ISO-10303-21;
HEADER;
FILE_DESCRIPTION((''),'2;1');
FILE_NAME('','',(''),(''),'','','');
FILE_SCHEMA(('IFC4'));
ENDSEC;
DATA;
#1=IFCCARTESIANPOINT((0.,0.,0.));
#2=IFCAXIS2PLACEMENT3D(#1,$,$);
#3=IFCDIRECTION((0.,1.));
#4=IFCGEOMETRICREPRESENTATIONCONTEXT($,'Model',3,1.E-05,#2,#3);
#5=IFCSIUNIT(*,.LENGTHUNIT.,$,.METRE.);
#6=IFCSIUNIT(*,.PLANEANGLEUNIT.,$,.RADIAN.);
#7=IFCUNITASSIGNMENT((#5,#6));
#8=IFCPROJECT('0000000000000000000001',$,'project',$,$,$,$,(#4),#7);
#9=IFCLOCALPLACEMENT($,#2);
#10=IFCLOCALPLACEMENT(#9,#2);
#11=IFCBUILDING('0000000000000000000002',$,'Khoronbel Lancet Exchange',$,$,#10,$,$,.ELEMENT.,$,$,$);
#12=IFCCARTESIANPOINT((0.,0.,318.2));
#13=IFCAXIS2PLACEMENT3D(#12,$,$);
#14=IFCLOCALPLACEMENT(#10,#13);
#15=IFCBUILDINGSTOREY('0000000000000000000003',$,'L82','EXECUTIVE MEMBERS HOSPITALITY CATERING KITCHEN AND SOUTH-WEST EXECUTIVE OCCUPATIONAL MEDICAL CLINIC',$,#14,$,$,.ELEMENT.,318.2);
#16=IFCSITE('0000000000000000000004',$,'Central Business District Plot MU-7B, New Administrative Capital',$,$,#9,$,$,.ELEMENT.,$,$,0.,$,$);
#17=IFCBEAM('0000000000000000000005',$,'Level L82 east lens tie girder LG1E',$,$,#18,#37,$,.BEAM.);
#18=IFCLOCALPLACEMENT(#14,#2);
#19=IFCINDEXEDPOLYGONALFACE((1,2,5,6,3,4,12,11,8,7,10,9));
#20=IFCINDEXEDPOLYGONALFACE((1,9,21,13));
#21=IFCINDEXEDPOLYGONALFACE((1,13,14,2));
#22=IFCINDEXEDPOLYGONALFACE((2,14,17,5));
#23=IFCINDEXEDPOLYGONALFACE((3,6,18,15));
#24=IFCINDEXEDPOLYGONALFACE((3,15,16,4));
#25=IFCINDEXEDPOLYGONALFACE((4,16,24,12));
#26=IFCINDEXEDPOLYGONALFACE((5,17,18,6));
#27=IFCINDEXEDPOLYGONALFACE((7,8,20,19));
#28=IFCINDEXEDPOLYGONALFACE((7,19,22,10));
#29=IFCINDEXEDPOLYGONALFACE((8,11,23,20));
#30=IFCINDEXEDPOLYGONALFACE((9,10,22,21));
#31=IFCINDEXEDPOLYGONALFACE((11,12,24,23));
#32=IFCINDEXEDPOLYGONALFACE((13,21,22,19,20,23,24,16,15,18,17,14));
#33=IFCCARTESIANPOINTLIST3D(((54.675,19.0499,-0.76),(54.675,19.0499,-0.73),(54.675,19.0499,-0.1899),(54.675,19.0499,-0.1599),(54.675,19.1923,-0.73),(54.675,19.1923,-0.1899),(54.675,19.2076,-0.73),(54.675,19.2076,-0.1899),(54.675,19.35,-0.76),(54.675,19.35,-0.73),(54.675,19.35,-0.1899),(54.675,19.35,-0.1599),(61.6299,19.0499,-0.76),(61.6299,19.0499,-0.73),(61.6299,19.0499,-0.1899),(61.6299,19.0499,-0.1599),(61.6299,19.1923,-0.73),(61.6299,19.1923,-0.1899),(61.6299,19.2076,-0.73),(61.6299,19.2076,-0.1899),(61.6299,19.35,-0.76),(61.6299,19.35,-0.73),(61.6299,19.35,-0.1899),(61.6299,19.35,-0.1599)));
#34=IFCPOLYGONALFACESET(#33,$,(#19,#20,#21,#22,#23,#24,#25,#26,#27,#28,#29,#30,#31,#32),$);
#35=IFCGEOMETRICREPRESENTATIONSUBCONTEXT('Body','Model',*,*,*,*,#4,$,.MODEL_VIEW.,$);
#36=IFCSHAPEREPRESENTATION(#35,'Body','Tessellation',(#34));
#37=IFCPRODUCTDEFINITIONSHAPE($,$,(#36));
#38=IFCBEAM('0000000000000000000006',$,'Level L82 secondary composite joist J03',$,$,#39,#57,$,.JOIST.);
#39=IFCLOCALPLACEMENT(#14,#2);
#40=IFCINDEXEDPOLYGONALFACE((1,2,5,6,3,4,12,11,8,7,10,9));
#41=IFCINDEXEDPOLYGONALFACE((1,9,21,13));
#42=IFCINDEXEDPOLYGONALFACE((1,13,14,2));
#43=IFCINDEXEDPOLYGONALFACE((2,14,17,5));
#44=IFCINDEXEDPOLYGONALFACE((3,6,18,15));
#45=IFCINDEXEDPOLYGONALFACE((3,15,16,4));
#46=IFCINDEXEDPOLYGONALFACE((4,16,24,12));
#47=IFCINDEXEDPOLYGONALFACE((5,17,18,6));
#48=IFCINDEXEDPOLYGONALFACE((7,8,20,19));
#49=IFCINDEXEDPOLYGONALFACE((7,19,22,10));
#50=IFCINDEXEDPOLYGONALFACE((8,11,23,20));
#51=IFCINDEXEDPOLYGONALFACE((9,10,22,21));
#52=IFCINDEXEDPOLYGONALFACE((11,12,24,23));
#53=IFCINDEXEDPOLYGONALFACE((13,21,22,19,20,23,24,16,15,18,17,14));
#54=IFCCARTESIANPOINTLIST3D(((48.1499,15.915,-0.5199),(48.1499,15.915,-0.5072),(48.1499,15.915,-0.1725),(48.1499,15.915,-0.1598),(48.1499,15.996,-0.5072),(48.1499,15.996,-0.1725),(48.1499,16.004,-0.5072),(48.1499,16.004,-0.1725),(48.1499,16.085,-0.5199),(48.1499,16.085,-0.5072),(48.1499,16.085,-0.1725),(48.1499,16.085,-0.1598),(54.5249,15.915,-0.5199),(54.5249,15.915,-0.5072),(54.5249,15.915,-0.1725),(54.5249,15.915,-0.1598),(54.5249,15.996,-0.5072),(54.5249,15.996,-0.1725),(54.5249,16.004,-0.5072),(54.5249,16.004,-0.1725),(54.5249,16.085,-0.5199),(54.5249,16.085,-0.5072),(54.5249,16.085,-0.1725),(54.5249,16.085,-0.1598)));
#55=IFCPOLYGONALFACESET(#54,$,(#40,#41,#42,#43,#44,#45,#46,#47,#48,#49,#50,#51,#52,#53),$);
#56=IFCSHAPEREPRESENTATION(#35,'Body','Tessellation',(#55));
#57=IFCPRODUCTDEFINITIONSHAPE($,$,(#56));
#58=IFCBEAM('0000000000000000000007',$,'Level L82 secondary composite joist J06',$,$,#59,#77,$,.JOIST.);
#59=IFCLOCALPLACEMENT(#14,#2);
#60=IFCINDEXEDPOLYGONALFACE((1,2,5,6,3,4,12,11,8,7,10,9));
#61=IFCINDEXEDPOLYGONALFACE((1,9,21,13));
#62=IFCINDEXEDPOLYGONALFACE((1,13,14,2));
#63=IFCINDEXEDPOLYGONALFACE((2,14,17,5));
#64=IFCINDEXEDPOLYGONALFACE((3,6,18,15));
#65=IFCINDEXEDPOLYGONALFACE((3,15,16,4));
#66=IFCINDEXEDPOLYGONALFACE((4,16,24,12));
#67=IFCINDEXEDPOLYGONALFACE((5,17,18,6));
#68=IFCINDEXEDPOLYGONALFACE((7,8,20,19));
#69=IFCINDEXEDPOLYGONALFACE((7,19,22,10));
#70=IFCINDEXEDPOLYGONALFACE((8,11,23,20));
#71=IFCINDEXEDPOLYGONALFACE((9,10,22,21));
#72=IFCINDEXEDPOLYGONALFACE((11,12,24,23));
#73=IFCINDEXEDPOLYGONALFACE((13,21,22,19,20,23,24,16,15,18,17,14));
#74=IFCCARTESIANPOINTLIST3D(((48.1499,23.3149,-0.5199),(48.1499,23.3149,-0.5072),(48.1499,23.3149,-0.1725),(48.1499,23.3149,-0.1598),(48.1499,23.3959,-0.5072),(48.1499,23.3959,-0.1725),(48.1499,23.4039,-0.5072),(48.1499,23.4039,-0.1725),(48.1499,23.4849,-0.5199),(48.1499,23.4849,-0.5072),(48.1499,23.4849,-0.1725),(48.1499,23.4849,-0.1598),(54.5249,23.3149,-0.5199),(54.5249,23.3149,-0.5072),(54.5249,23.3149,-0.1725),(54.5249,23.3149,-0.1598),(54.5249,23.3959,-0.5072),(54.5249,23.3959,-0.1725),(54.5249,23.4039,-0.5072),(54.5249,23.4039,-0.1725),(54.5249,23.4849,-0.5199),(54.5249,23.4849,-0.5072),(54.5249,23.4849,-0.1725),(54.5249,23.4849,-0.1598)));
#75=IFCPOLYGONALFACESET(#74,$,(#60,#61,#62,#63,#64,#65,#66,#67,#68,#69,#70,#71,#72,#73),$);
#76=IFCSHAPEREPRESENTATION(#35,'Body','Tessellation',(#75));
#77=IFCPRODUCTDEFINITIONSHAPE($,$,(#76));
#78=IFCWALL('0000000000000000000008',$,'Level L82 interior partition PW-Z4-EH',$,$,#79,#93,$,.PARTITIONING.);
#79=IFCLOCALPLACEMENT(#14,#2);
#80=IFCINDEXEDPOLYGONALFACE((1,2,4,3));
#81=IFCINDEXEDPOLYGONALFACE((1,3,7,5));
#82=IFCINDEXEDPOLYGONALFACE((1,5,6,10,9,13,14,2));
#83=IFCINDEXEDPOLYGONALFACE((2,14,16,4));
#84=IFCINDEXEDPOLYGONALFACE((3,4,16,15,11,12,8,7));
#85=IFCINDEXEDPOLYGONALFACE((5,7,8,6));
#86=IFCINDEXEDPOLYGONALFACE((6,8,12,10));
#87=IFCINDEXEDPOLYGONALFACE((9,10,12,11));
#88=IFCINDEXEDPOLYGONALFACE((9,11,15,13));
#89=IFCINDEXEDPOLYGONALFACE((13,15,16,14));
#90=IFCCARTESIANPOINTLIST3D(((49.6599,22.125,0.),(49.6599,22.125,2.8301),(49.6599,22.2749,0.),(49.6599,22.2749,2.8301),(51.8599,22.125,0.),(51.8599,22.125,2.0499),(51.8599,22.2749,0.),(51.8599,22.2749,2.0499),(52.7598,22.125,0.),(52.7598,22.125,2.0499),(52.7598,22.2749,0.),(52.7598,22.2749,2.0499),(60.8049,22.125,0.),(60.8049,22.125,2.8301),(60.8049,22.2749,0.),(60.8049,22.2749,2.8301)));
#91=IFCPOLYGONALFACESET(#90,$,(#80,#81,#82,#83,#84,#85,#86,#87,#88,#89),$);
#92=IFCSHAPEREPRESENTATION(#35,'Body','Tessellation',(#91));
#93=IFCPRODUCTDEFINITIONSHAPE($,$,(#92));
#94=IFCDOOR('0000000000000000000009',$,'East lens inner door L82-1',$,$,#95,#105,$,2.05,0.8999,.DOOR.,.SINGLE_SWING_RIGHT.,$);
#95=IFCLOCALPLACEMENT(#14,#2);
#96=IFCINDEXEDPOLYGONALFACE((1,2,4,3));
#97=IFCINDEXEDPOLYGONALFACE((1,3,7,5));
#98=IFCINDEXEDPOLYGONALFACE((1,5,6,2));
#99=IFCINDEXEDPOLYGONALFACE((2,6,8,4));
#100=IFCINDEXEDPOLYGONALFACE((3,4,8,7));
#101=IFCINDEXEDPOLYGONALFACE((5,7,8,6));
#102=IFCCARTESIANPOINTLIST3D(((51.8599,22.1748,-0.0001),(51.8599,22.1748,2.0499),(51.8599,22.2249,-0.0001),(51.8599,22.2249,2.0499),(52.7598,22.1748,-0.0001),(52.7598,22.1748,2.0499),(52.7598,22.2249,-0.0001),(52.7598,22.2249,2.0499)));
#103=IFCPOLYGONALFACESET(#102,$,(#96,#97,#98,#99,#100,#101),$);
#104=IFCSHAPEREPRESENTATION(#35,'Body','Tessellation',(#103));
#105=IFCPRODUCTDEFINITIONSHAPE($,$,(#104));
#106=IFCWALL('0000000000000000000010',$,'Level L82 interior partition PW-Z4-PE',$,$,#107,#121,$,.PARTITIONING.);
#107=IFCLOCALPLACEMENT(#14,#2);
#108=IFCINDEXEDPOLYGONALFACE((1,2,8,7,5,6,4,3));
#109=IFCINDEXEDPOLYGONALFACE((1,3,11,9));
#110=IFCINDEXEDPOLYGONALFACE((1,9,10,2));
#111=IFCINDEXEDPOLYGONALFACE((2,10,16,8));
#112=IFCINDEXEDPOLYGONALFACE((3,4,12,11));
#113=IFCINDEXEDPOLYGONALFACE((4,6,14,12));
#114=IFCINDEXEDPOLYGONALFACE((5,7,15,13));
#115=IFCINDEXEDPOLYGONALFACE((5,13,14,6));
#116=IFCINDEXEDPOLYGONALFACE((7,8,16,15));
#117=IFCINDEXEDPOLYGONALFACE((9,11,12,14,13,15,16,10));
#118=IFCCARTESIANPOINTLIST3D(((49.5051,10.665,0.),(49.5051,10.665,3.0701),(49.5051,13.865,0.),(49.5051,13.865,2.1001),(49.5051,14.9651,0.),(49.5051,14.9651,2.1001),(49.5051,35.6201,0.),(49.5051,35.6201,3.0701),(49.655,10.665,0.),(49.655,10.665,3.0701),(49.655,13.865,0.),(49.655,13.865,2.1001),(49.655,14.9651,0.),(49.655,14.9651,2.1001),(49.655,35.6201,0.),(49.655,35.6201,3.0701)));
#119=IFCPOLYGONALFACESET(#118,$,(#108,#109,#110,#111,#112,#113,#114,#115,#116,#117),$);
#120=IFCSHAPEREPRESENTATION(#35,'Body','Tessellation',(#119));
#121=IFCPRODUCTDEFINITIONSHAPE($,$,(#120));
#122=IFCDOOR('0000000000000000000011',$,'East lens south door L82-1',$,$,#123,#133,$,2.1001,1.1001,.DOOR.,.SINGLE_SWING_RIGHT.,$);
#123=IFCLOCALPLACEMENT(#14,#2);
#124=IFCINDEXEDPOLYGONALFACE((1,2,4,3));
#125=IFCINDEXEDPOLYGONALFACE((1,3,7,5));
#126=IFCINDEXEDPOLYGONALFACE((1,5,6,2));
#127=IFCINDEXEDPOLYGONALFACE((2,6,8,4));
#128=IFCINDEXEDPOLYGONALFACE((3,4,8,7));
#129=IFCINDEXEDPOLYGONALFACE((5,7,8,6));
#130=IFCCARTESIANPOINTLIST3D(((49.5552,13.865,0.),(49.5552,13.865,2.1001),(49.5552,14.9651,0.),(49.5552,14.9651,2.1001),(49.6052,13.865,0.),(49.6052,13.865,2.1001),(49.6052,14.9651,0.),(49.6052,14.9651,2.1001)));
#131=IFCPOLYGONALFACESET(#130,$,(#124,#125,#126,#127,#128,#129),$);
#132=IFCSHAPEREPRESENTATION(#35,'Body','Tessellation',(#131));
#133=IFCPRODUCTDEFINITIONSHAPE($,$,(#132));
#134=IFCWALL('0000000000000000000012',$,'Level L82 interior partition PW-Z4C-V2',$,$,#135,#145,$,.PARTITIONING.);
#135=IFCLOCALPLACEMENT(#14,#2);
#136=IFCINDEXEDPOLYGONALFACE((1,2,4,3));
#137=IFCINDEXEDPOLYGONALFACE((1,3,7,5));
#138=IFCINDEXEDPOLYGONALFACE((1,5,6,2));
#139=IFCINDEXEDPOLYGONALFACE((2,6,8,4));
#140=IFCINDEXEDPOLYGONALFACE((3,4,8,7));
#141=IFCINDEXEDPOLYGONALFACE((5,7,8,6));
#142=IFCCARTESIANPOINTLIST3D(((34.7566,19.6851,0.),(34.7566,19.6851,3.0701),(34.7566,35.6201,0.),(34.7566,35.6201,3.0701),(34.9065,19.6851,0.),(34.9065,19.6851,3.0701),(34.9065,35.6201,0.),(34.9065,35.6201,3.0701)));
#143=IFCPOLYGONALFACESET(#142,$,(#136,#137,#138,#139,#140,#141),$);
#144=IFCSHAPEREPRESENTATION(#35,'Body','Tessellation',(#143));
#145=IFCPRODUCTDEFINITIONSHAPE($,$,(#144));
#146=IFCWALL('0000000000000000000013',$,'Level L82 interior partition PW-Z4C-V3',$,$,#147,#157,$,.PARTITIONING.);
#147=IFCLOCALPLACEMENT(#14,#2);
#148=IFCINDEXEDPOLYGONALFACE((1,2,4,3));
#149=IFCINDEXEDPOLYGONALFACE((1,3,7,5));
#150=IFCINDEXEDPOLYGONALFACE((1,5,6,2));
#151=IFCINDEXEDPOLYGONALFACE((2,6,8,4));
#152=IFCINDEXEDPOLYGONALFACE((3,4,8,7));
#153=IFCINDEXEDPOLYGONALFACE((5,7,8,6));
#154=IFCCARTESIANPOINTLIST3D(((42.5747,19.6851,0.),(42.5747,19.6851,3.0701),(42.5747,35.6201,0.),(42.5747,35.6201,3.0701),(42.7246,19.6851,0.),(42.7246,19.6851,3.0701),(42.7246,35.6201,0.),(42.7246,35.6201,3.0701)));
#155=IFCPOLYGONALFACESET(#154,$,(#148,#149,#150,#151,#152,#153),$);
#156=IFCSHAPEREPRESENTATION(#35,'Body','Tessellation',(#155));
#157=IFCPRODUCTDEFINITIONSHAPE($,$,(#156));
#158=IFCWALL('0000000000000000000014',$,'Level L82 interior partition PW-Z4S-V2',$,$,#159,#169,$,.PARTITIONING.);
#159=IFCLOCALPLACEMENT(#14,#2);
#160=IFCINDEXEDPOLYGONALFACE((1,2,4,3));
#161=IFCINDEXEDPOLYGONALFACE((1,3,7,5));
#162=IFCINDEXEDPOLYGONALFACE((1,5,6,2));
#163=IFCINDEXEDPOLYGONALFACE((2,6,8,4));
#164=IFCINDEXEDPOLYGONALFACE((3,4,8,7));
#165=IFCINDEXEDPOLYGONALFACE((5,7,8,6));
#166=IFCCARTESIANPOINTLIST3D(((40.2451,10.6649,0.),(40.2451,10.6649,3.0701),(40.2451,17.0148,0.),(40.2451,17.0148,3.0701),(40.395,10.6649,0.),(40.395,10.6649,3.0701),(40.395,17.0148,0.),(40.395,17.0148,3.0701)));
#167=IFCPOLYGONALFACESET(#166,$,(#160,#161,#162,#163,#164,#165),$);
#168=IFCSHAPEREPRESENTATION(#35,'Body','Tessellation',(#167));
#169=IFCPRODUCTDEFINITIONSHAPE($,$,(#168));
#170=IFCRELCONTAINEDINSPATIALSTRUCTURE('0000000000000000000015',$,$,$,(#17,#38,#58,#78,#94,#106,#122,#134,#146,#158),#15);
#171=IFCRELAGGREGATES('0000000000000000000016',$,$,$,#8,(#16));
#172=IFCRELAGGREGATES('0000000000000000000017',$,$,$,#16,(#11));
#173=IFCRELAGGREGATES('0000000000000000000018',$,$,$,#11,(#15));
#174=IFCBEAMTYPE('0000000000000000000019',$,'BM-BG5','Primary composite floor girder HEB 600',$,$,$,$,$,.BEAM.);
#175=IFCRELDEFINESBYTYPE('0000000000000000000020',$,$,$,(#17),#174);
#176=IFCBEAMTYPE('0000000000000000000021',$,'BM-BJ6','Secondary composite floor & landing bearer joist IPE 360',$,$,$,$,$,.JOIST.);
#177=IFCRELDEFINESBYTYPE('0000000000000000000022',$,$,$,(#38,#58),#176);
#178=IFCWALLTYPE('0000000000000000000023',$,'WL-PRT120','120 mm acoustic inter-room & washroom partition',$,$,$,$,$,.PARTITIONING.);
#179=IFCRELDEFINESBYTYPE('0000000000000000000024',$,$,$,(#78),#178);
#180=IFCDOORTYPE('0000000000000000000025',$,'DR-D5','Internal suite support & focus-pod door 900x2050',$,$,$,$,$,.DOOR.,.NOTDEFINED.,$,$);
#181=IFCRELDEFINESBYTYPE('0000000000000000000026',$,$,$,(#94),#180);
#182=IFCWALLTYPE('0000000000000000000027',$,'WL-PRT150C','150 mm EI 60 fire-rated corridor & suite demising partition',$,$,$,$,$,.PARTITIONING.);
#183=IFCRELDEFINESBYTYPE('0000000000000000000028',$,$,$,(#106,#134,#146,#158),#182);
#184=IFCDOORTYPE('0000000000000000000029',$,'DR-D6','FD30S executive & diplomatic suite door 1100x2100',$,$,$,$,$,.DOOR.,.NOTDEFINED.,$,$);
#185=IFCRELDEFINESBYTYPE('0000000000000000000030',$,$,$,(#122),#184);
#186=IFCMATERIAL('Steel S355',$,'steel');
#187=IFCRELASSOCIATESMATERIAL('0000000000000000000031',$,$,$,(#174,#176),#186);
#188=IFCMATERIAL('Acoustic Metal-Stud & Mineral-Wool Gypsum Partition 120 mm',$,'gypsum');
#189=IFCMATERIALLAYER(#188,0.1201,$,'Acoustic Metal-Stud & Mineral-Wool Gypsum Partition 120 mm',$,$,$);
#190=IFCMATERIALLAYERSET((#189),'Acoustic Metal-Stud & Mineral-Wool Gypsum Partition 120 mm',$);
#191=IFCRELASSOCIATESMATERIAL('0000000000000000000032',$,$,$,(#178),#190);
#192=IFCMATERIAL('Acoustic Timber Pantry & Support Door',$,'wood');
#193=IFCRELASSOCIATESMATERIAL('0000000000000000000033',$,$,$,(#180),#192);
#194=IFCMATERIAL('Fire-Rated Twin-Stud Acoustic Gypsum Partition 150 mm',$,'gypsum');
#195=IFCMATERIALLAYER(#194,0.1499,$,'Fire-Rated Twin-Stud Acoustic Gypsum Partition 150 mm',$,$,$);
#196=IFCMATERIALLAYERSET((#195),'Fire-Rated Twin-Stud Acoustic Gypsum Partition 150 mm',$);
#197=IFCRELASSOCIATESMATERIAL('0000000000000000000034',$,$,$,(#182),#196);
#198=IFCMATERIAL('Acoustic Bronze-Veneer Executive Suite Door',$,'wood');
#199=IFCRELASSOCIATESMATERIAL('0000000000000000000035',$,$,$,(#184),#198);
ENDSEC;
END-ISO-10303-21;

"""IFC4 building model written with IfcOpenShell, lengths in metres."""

from ifc_helpers import new_model, si_unit, direction, frame, frame_2d, origin, origin_2d, place, context, subcontext, project, spatial, rectangle, i_section, extrude, material, layer, layer_set, material_profile, profile_set, type_object, element, fill, save


model = new_model("IFC4")

# Units and contexts
model_context = context("Model", 3, precision=1e-05, world=origin(), true_north=direction((0.0, 1.0)))
body_context = subcontext(model_context, "Body", "Model", "MODEL_VIEW")
ifc_project = project(units=[si_unit("LENGTHUNIT", "METRE"), si_unit("PLANEANGLEUNIT", "RADIAN")], contexts=[model_context])

# Site, building, storey
site_placement = place(None, origin())
site = spatial("IfcSite", under=ifc_project, at=site_placement, Name="Central Business District Plot MU-7B, New Administrative Capital", CompositionType="ELEMENT", RefElevation=0.0)
building_placement = place(site_placement, origin())
building = spatial("IfcBuilding", under=site, at=building_placement, Name="Khoronbel Lancet Exchange", CompositionType="ELEMENT")
storey_placement = place(building_placement, frame((0.0, 0.0, 318.2)))
storey = spatial("IfcBuildingStorey", under=building, at=storey_placement, Name="L82", Description="EXECUTIVE MEMBERS HOSPITALITY CATERING KITCHEN AND SOUTH-WEST EXECUTIVE OCCUPATIONAL MEDICAL CLINIC", CompositionType="ELEMENT", Elevation=318.2)

# Beams
ifc_material_1 = material(Name="Steel S355", Category="steel")
ifc_material_profile_1 = material_profile(ifc_material_1, i_section(OverallWidth=0.3, OverallDepth=0.6001, WebThickness=0.0154, FlangeThickness=0.03, at=origin_2d()), Name="HEB 600")
ifc_profile_set_1 = profile_set([ifc_material_profile_1], Name="Steel S355")
beam_type_1 = type_object("IfcBeamType", Name="BM-BG5", Description="Primary composite floor girder HEB 600", PredefinedType="BEAM", material=ifc_profile_set_1)
beam_placement = place(storey_placement, frame((54.675, 19.2, -0.46), z_axis=(1.0, 0.0, 0.0), x_axis=(0.0, 1.0, 0.0)))
element("IfcBeam", 1, at=beam_placement, inside=storey, type_object=beam_type_1, Name="Level L82 east lens tie girder LG1E", PredefinedType="BEAM", context=body_context, shape_type="SweptSolid", body=[
    extrude(i_section(OverallWidth=0.3, OverallDepth=0.6001, WebThickness=0.0154, FlangeThickness=0.03, at=origin_2d()), origin(), (0.0, 0.0, 1.0), 6.9548),
])
ifc_material_profile_2 = material_profile(ifc_material_1, i_section(OverallWidth=0.1699, OverallDepth=0.3601, WebThickness=0.0081, FlangeThickness=0.0127, at=origin_2d()), Name="IPE 360")
ifc_profile_set_2 = profile_set([ifc_material_profile_2], Name="Steel S355")
beam_type_2 = type_object("IfcBeamType", Name="BM-BJ6", Description="Secondary composite floor & landing bearer joist IPE 360", PredefinedType="JOIST", material=ifc_profile_set_2)
for number, where, z_axis, x_axis, name in (
    (2, (48.1499, 16.0, -0.3398), (1.0, 0.0, 0.0), (0.0, 1.0, 0.0), "Level L82 secondary composite joist J03"),
    (3, (48.1499, 23.3999, -0.3398), (1.0, 0.0, 0.0), (0.0, 1.0, 0.0), "Level L82 secondary composite joist J06"),
):
    element("IfcBeam", number, at=place(storey_placement, frame(where, z_axis=z_axis, x_axis=x_axis)), inside=storey, type_object=beam_type_2, Name=name, PredefinedType="JOIST", context=body_context, shape_type="SweptSolid", body=[
        extrude(i_section(OverallWidth=0.1699, OverallDepth=0.3601, WebThickness=0.0081, FlangeThickness=0.0127, at=origin_2d()), origin(), (0.0, 0.0, 1.0), 6.375),
    ])

# Walls, openings, doors
ifc_material_2 = material(Name="Acoustic Metal-Stud & Mineral-Wool Gypsum Partition 120 mm", Category="gypsum")
ifc_layer_1 = layer(ifc_material_2, 0.1201, Name="Acoustic Metal-Stud & Mineral-Wool Gypsum Partition 120 mm")
ifc_layer_set_1 = layer_set([ifc_layer_1], Name="Acoustic Metal-Stud & Mineral-Wool Gypsum Partition 120 mm")
wall_type_1 = type_object("IfcWallType", Name="WL-PRT120", Description="120 mm acoustic inter-room & washroom partition", PredefinedType="PARTITIONING", material=ifc_layer_set_1)
wall_1_placement = place(storey_placement, frame((49.6599, 22.2, 0.0), z_axis=(0.0, 0.0, 1.0), x_axis=(1.0, 0.0, 0.0)))
wall_1 = element("IfcWall", 4, at=wall_1_placement, inside=storey, type_object=wall_type_1, Name="Level L82 interior partition PW-Z4-EH", PredefinedType="PARTITIONING", context=body_context, shape_type="SweptSolid", body=[
    extrude(rectangle(XDim=11.145, YDim=0.1499, at=frame_2d((5.5725, 0.0))), origin(), (0.0, 0.0, 1.0), 2.8301),
])
opening_1_placement = place(wall_1_placement, frame((2.2, 0.0, 0.0)))
opening_1 = element("IfcOpeningElement", 5, at=opening_1_placement, cuts=wall_1, PredefinedType="OPENING", context=body_context, shape_type="SweptSolid", body=[
    extrude(rectangle(XDim=0.8999, YDim=2.05, at=frame_2d((0.45, 1.0249))), frame((0.0, 0.085, 0.0), z_axis=(0.0, -1.0, 0.0), x_axis=(1.0, 0.0, 0.0)), (0.0, 0.0, 1.0), 0.1699),
])
ifc_material_3 = material(Name="Acoustic Timber Pantry & Support Door", Category="wood")
door_type_1 = type_object("IfcDoorType", Name="DR-D5", Description="Internal suite support & focus-pod door 900x2050", OperationType="NOTDEFINED", PredefinedType="DOOR", material=ifc_material_3)
door_1_placement = place(opening_1_placement, origin())
door_1 = element("IfcDoor", 6, at=door_1_placement, inside=storey, type_object=door_type_1, Name="East lens inner door L82-1", OperationType="SINGLE_SWING_RIGHT", OverallHeight=2.05, OverallWidth=0.8999, PredefinedType="DOOR", context=body_context, shape_type="SweptSolid", body=[
    extrude(rectangle(XDim=0.8999, YDim=2.05, at=frame_2d((0.45, 1.0249))), frame((0.0, 0.0249, 0.0), z_axis=(0.0, -1.0, 0.0), x_axis=(1.0, 0.0, 0.0)), (0.0, 0.0, 1.0), 0.05),
])
fill(opening_1, door_1)
ifc_material_4 = material(Name="Fire-Rated Twin-Stud Acoustic Gypsum Partition 150 mm", Category="gypsum")
ifc_layer_2 = layer(ifc_material_4, 0.1499, Name="Fire-Rated Twin-Stud Acoustic Gypsum Partition 150 mm")
ifc_layer_set_2 = layer_set([ifc_layer_2], Name="Fire-Rated Twin-Stud Acoustic Gypsum Partition 150 mm")
wall_type_2 = type_object("IfcWallType", Name="WL-PRT150C", Description="150 mm EI 60 fire-rated corridor & suite demising partition", PredefinedType="PARTITIONING", material=ifc_layer_set_2)
wall_2_placement = place(storey_placement, frame((49.5801, 10.665, 0.0), z_axis=(0.0, 0.0, 1.0), x_axis=(0.0, 1.0, 0.0)))
wall_2 = element("IfcWall", 7, at=wall_2_placement, inside=storey, type_object=wall_type_2, Name="Level L82 interior partition PW-Z4-PE", PredefinedType="PARTITIONING", context=body_context, shape_type="SweptSolid", body=[
    extrude(rectangle(XDim=24.9551, YDim=0.1499, at=frame_2d((12.4775, 0.0))), origin(), (0.0, 0.0, 1.0), 3.0701),
])
opening_2_placement = place(wall_2_placement, frame((3.2, 0.0, 0.0)))
opening_2 = element("IfcOpeningElement", 8, at=opening_2_placement, cuts=wall_2, PredefinedType="OPENING", context=body_context, shape_type="SweptSolid", body=[
    extrude(rectangle(XDim=1.1001, YDim=2.1001, at=frame_2d((0.55, 1.05))), frame((0.0, 0.085, 0.0), z_axis=(0.0, -1.0, 0.0), x_axis=(1.0, 0.0, 0.0)), (0.0, 0.0, 1.0), 0.1699),
])
ifc_material_5 = material(Name="Acoustic Bronze-Veneer Executive Suite Door", Category="wood")
door_type_2 = type_object("IfcDoorType", Name="DR-D6", Description="FD30S executive & diplomatic suite door 1100x2100", OperationType="NOTDEFINED", PredefinedType="DOOR", material=ifc_material_5)
door_2_placement = place(opening_2_placement, origin())
door_2 = element("IfcDoor", 9, at=door_2_placement, inside=storey, type_object=door_type_2, Name="East lens south door L82-1", OperationType="SINGLE_SWING_RIGHT", OverallHeight=2.1001, OverallWidth=1.1001, PredefinedType="DOOR", context=body_context, shape_type="SweptSolid", body=[
    extrude(rectangle(XDim=1.1001, YDim=2.1001, at=frame_2d((0.55, 1.05))), frame((0.0, 0.0249, 0.0), z_axis=(0.0, -1.0, 0.0), x_axis=(1.0, 0.0, 0.0)), (0.0, 0.0, 1.0), 0.05),
])
fill(opening_2, door_2)

# Walls
for number, where, z_axis, x_axis, name in (
    (10, (34.8315, 19.6851, 0.0), (0.0, 0.0, 1.0), (0.0, 1.0, 0.0), "Level L82 interior partition PW-Z4C-V2"),
    (11, (42.6497, 19.6851, 0.0), (0.0, 0.0, 1.0), (0.0, 1.0, 0.0), "Level L82 interior partition PW-Z4C-V3"),
):
    element("IfcWall", number, at=place(storey_placement, frame(where, z_axis=z_axis, x_axis=x_axis)), inside=storey, type_object=wall_type_2, Name=name, PredefinedType="PARTITIONING", context=body_context, shape_type="SweptSolid", body=[
        extrude(rectangle(XDim=15.9351, YDim=0.1499, at=frame_2d((7.9675, 0.0))), origin(), (0.0, 0.0, 1.0), 3.0701),
    ])
wall_3_placement = place(storey_placement, frame((40.3201, 10.665, 0.0), z_axis=(0.0, 0.0, 1.0), x_axis=(0.0, 1.0, 0.0)))
element("IfcWall", 12, at=wall_3_placement, inside=storey, type_object=wall_type_2, Name="Level L82 interior partition PW-Z4S-V2", PredefinedType="PARTITIONING", context=body_context, shape_type="SweptSolid", body=[
    extrude(rectangle(XDim=6.3499, YDim=0.1499, at=frame_2d((3.1748, 0.0))), origin(), (0.0, 0.0, 1.0), 3.0701),
])

save(model, "model.ifc")
